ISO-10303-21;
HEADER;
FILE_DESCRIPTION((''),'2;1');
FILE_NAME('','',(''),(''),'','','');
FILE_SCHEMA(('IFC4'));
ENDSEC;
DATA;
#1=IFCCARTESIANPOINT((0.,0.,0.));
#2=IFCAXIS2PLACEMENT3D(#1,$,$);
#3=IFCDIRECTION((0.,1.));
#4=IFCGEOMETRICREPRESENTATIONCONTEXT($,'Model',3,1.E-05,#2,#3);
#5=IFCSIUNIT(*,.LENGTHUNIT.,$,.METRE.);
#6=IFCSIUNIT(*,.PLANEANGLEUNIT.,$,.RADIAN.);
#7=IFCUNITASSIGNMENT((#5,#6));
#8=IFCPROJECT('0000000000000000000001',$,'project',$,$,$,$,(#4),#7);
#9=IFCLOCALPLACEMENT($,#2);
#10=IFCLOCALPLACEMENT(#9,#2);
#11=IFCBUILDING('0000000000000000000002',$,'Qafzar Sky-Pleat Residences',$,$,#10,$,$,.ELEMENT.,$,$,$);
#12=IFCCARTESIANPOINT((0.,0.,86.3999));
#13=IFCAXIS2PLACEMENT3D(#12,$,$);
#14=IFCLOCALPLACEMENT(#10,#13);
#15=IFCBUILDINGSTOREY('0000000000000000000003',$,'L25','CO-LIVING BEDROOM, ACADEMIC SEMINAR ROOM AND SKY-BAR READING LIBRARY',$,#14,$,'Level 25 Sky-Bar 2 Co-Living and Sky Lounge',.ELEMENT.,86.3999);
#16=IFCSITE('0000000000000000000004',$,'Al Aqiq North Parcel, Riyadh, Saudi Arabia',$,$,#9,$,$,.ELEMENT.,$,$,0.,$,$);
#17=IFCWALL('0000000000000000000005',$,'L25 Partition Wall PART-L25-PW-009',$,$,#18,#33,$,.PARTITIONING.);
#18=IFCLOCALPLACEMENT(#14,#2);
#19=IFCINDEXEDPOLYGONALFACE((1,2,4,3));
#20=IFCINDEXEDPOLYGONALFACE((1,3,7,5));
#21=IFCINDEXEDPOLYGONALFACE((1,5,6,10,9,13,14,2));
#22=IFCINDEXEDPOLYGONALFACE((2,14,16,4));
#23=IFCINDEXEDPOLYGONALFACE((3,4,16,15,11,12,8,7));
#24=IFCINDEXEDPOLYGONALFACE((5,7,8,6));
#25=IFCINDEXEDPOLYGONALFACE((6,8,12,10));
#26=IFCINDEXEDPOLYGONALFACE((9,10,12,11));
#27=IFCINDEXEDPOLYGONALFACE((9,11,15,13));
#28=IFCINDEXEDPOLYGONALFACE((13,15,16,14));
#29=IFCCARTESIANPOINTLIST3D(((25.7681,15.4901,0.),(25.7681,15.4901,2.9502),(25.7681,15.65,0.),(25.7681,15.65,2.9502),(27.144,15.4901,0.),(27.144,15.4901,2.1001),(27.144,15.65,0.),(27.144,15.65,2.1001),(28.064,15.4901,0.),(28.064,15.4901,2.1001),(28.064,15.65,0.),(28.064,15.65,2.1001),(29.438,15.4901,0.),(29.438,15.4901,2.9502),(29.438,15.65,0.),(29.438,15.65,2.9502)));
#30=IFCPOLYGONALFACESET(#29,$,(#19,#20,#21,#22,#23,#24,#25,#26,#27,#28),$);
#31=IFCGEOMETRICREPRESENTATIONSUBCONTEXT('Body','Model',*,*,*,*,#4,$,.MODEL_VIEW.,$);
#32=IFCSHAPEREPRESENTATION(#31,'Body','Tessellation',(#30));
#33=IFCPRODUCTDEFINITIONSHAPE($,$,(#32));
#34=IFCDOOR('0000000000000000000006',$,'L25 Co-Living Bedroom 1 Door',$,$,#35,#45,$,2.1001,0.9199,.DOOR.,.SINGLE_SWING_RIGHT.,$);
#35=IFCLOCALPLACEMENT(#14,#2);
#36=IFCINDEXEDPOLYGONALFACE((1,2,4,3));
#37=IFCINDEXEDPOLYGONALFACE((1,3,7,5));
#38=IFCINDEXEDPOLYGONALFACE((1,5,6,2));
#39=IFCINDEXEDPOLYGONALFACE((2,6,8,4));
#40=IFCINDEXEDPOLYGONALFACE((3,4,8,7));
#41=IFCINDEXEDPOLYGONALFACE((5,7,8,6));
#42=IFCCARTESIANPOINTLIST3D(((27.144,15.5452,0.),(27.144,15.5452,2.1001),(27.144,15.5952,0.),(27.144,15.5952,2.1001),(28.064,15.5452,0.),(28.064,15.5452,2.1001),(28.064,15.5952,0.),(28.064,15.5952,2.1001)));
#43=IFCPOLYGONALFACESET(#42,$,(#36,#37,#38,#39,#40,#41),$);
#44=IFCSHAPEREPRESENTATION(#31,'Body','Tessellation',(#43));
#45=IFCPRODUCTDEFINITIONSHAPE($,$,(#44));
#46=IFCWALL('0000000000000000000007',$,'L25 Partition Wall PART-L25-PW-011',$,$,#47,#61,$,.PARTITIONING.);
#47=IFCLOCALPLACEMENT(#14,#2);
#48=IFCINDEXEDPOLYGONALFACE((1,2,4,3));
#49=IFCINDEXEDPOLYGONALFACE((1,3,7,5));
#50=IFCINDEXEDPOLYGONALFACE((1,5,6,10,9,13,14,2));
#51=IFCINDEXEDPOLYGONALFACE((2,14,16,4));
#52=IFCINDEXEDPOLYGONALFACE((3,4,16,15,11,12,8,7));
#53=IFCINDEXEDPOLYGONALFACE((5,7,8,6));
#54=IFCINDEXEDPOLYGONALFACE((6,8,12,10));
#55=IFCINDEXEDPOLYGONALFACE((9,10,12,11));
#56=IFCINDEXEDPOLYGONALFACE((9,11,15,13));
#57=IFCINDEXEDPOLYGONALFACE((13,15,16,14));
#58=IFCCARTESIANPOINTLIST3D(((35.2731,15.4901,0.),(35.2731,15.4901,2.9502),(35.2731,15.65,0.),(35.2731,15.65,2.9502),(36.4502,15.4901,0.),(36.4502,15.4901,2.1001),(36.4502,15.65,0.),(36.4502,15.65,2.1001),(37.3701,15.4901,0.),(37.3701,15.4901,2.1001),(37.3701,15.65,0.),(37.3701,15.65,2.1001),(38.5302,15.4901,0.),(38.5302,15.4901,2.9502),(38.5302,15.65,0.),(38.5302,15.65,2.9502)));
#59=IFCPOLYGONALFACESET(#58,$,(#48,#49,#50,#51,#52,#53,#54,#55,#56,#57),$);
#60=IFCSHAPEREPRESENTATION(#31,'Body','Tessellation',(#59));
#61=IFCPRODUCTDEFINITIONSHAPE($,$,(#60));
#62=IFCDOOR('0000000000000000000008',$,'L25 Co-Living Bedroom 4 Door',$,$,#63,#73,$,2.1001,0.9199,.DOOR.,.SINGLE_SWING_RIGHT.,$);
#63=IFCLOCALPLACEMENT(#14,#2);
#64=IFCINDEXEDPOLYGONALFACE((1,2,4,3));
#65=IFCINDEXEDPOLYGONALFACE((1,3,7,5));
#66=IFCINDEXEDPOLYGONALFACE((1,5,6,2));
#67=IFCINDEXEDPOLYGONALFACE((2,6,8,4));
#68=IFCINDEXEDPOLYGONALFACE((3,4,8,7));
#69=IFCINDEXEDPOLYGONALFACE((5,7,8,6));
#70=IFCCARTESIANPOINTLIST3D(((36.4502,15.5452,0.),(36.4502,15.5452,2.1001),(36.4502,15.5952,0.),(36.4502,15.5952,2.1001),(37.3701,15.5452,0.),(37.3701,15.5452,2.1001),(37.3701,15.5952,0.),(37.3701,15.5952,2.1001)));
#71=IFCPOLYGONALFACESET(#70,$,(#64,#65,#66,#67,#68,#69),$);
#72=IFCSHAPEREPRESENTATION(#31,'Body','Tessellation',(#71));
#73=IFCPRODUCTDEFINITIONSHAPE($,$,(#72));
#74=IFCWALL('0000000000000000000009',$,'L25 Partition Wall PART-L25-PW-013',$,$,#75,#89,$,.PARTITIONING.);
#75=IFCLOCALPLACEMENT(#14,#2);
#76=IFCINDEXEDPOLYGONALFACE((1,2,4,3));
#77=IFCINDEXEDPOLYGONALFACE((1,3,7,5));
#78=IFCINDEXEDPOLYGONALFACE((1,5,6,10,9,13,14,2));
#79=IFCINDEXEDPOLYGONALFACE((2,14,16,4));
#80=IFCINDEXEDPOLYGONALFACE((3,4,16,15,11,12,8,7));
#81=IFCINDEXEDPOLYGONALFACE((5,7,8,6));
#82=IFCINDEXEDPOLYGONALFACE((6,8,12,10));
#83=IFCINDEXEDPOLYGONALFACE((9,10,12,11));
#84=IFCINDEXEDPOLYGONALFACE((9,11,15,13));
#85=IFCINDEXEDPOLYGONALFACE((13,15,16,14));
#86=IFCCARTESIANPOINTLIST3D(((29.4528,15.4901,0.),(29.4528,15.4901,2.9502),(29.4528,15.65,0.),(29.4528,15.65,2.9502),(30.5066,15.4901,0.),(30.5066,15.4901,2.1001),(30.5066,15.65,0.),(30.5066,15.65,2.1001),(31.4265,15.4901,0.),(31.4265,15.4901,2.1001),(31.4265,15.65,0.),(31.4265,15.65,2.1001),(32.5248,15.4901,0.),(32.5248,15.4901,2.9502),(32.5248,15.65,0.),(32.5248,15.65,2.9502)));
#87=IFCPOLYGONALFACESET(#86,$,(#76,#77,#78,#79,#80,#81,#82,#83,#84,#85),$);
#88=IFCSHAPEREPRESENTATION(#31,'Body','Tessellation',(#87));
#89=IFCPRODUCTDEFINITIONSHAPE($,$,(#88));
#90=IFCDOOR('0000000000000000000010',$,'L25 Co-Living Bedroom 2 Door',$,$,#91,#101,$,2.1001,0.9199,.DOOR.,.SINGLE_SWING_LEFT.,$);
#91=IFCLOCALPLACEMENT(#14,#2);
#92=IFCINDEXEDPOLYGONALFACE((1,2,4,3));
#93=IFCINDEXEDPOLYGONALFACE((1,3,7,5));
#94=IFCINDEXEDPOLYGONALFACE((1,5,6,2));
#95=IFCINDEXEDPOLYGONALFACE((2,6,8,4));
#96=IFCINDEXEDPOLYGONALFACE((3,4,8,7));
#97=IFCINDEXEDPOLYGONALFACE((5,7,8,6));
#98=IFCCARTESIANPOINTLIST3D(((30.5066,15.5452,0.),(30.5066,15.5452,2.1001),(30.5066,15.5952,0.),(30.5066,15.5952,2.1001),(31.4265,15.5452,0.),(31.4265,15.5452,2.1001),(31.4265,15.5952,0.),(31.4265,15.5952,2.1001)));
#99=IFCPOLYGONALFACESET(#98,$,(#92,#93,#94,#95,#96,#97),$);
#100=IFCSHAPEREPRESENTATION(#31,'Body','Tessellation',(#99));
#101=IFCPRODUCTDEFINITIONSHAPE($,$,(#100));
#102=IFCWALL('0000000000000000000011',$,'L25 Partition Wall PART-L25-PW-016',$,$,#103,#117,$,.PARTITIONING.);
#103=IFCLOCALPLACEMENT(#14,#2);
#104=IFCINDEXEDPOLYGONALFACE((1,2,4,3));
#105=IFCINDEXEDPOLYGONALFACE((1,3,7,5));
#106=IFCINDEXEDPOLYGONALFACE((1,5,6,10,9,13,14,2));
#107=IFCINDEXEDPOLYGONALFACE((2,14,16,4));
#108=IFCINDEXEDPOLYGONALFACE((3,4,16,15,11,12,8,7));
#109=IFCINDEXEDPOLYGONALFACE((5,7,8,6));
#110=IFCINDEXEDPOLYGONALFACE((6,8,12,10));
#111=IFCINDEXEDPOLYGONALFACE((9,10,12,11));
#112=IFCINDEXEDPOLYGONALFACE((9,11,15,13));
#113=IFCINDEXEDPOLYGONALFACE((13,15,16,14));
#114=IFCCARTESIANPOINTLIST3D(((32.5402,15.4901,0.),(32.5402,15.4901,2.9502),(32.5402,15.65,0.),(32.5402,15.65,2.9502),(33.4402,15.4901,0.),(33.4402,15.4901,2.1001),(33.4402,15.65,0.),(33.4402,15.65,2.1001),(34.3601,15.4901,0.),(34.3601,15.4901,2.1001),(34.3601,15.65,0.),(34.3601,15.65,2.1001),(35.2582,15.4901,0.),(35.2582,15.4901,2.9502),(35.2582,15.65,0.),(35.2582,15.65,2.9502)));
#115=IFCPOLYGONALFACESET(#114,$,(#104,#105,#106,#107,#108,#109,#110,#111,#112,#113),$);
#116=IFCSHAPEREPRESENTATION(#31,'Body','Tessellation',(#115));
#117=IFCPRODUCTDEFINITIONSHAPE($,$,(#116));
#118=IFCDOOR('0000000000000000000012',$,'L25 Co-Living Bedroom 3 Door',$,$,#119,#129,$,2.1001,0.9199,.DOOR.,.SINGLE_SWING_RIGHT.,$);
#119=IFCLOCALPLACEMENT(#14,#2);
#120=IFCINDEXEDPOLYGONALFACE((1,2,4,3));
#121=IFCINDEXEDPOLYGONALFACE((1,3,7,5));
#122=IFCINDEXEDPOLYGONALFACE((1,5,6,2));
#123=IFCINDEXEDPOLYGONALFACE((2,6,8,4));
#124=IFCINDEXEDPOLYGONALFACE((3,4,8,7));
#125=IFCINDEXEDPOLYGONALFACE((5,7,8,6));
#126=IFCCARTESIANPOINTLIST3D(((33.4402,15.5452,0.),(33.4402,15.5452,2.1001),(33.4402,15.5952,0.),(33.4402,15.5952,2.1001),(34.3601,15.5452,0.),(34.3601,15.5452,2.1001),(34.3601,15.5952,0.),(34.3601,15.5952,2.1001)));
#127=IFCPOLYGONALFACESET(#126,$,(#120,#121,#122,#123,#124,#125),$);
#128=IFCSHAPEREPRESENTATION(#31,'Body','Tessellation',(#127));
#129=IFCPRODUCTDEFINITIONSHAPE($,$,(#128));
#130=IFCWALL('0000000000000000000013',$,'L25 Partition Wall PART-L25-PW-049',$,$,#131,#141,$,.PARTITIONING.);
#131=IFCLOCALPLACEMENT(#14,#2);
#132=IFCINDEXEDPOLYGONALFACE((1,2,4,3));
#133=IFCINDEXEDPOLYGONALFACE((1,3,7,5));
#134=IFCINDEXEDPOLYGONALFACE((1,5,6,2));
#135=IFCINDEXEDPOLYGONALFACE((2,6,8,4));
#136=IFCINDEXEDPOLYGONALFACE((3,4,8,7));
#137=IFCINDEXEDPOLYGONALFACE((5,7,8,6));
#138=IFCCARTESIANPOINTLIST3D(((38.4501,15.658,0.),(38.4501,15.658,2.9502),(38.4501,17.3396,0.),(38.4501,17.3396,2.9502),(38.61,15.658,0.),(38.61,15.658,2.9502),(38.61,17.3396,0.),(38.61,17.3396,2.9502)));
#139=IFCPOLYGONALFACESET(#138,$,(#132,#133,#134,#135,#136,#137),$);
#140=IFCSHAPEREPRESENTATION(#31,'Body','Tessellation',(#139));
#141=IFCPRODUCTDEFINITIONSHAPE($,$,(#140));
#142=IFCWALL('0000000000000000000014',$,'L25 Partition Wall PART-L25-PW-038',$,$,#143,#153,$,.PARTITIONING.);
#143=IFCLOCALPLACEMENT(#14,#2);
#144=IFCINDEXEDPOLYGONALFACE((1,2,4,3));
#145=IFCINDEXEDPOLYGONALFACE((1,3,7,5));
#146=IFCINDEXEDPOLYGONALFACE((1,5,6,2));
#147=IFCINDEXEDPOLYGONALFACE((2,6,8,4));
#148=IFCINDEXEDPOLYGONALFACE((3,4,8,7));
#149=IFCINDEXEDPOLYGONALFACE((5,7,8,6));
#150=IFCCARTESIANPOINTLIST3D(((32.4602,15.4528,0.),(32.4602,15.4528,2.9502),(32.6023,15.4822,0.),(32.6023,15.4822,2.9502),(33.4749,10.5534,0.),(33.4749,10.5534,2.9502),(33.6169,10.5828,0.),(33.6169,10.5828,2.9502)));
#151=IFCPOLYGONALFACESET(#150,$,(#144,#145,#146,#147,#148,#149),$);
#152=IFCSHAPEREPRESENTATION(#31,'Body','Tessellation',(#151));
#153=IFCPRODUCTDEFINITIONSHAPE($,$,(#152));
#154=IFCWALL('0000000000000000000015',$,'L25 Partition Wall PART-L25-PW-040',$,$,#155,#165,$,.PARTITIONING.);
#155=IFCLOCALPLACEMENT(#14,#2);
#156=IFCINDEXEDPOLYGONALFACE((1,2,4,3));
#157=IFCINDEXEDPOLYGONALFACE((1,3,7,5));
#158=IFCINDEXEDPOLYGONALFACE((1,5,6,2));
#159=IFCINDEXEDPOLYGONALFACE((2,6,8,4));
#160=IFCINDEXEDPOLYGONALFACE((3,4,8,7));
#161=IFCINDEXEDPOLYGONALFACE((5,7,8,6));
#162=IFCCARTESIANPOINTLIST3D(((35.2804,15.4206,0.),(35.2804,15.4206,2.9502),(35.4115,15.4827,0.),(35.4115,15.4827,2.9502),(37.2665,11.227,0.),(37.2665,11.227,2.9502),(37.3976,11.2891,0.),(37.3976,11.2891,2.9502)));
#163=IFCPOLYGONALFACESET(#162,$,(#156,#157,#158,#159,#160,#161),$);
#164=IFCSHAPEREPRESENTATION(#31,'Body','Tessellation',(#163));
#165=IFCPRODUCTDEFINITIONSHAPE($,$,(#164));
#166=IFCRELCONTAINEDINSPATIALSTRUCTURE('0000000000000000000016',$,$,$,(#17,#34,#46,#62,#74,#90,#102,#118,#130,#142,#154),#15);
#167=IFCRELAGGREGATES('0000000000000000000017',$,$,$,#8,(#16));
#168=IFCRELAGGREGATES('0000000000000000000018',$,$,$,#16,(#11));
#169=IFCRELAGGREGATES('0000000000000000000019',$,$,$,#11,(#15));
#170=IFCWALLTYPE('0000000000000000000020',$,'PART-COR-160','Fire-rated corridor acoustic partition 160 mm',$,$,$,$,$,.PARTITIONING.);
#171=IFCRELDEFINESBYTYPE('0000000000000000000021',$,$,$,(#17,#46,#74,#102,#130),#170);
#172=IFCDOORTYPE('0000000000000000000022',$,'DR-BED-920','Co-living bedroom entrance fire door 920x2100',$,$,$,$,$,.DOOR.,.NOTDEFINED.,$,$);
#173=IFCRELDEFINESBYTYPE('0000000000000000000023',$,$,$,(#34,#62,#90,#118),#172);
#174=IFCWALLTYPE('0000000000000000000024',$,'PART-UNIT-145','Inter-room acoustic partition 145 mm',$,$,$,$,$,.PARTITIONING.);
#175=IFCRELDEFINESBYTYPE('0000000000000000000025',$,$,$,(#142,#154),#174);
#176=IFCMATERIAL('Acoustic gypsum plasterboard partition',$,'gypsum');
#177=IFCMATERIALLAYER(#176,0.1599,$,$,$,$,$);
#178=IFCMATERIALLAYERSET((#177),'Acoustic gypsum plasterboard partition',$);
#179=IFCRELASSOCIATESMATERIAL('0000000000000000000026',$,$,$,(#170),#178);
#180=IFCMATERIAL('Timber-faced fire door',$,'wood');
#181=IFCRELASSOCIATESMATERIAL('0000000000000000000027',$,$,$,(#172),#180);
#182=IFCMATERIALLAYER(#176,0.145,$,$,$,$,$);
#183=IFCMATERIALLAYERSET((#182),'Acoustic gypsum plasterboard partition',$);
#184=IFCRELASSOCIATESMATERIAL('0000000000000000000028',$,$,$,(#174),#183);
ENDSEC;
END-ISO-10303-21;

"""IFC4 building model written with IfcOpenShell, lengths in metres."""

from ifc_helpers import new_model, si_unit, direction, frame, frame_2d, origin, place, context, subcontext, project, spatial, rectangle, extrude, source, transform, mapped, material, layer, layer_set, type_object, element, fill, save


model = new_model("IFC4")

# Units and contexts
model_context = context("Model", 3, precision=1e-05, world=origin(), true_north=direction((0.0, 1.0)))
body_context = subcontext(model_context, "Body", "Model", "MODEL_VIEW")
ifc_project = project(units=[si_unit("LENGTHUNIT", "METRE"), si_unit("PLANEANGLEUNIT", "RADIAN")], contexts=[model_context])

# Site, building, storey
site_placement = place(None, origin())
site = spatial("IfcSite", under=ifc_project, at=site_placement, Name="Al Aqiq North Parcel, Riyadh, Saudi Arabia", CompositionType="ELEMENT", RefElevation=0.0)
building_placement = place(site_placement, origin())
building = spatial("IfcBuilding", under=site, at=building_placement, Name="Qafzar Sky-Pleat Residences", CompositionType="ELEMENT")
storey_placement = place(building_placement, frame((0.0, 0.0, 86.3999)))
storey = spatial("IfcBuildingStorey", under=building, at=storey_placement, Name="L25", Description="CO-LIVING BEDROOM, ACADEMIC SEMINAR ROOM AND SKY-BAR READING LIBRARY", LongName="Level 25 Sky-Bar 2 Co-Living and Sky Lounge", CompositionType="ELEMENT", Elevation=86.3999)

# Walls, openings, doors
ifc_material_1 = material(Name="Acoustic gypsum plasterboard partition", Category="gypsum")
ifc_layer_1 = layer(ifc_material_1, 0.1599)
ifc_layer_set_1 = layer_set([ifc_layer_1], Name="Acoustic gypsum plasterboard partition")
wall_type_1 = type_object("IfcWallType", Name="PART-COR-160", Description="Fire-rated corridor acoustic partition 160 mm", PredefinedType="PARTITIONING", material=ifc_layer_set_1)
wall_1_placement = place(storey_placement, frame((29.438, 15.5701, 0.0), z_axis=(0.0, 0.0, 1.0), x_axis=(-1.0, 0.0, 0.0)))
wall_1 = element("IfcWall", 1, at=wall_1_placement, inside=storey, type_object=wall_type_1, Name="L25 Partition Wall PART-L25-PW-009", PredefinedType="PARTITIONING", context=body_context, shape_type="SweptSolid", body=[
    extrude(rectangle(XDim=3.6699, YDim=0.1599, at=frame_2d((1.835, 0.0))), origin(), (0.0, 0.0, 1.0), 2.9502),
])
opening_1_placement = place(wall_1_placement, frame((1.374, 0.0, 0.0)))
opening_1 = element("IfcOpeningElement", 2, at=opening_1_placement, cuts=wall_1, PredefinedType="OPENING", context=body_context, shape_type="SweptSolid", body=[
    extrude(rectangle(XDim=0.9199, YDim=2.1001, at=frame_2d((0.46, 1.05))), frame((0.0, 0.0898, 0.0), z_axis=(0.0, -1.0, 0.0), x_axis=(1.0, 0.0, 0.0)), (0.0, 0.0, 1.0), 0.1799),
])
ifc_material_2 = material(Name="Timber-faced fire door", Category="wood")
door_type_1 = type_object("IfcDoorType", Name="DR-BED-920", Description="Co-living bedroom entrance fire door 920x2100", OperationType="NOTDEFINED", PredefinedType="DOOR", material=ifc_material_2)
shared_shape_1 = source(origin(), body_context, "Body", "SweptSolid", [
    extrude(rectangle(XDim=0.9199, YDim=2.1001, at=frame_2d((0.46, 1.05))), frame((0.0, 0.0249, 0.0), z_axis=(0.0, -1.0, 0.0), x_axis=(1.0, 0.0, 0.0)), (0.0, 0.0, 1.0), 0.05),
])
door_1_placement = place(opening_1_placement, origin())
door_1 = element("IfcDoor", 3, at=door_1_placement, inside=storey, type_object=door_type_1, Name="L25 Co-Living Bedroom 1 Door", OperationType="SINGLE_SWING_RIGHT", OverallHeight=2.1001, OverallWidth=0.9199, PredefinedType="DOOR", context=body_context, shape_type="MappedRepresentation", body=[
    mapped(shared_shape_1, transform((0.0, 0.0, 0.0), x_axis=(1.0, 0.0, 0.0), y_axis=(0.0, 1.0, 0.0), z_axis=(0.0, 0.0, 1.0), scale=1.0)),
])
fill(opening_1, door_1)
wall_2_placement = place(storey_placement, frame((38.53, 15.5701, 0.0), z_axis=(0.0, 0.0, 1.0), x_axis=(-1.0, 0.0, 0.0)))
wall_2 = element("IfcWall", 4, at=wall_2_placement, inside=storey, type_object=wall_type_1, Name="L25 Partition Wall PART-L25-PW-011", PredefinedType="PARTITIONING", context=body_context, shape_type="SweptSolid", body=[
    extrude(rectangle(XDim=3.2571, YDim=0.1599, at=frame_2d((1.6284, 0.0))), origin(), (0.0, 0.0, 1.0), 2.9502),
])
opening_2_placement = place(wall_2_placement, frame((1.1599, 0.0, 0.0)))
opening_2 = element("IfcOpeningElement", 5, at=opening_2_placement, cuts=wall_2, PredefinedType="OPENING", context=body_context, shape_type="SweptSolid", body=[
    extrude(rectangle(XDim=0.9199, YDim=2.1001, at=frame_2d((0.46, 1.05))), frame((0.0, 0.0898, 0.0), z_axis=(0.0, -1.0, 0.0), x_axis=(1.0, 0.0, 0.0)), (0.0, 0.0, 1.0), 0.1799),
])
door_2_placement = place(opening_2_placement, origin())
door_2 = element("IfcDoor", 6, at=door_2_placement, inside=storey, type_object=door_type_1, Name="L25 Co-Living Bedroom 4 Door", OperationType="SINGLE_SWING_RIGHT", OverallHeight=2.1001, OverallWidth=0.9199, PredefinedType="DOOR", context=body_context, shape_type="MappedRepresentation", body=[
    mapped(shared_shape_1, transform((0.0, 0.0, 0.0), x_axis=(1.0, 0.0, 0.0), y_axis=(0.0, 1.0, 0.0), z_axis=(0.0, 0.0, 1.0), scale=1.0)),
])
fill(opening_2, door_2)
wall_3_placement = place(storey_placement, frame((32.5249, 15.5701, 0.0), z_axis=(0.0, 0.0, 1.0), x_axis=(-1.0, 0.0, 0.0)))
wall_3 = element("IfcWall", 7, at=wall_3_placement, inside=storey, type_object=wall_type_1, Name="L25 Partition Wall PART-L25-PW-013", PredefinedType="PARTITIONING", context=body_context, shape_type="SweptSolid", body=[
    extrude(rectangle(XDim=3.072, YDim=0.1599, at=frame_2d((1.5361, 0.0))), origin(), (0.0, 0.0, 1.0), 2.9502),
])
opening_3_placement = place(wall_3_placement, frame((1.0984, 0.0, 0.0)))
opening_3 = element("IfcOpeningElement", 8, at=opening_3_placement, cuts=wall_3, PredefinedType="OPENING", context=body_context, shape_type="SweptSolid", body=[
    extrude(rectangle(XDim=0.9199, YDim=2.1001, at=frame_2d((0.46, 1.05))), frame((0.0, 0.0898, 0.0), z_axis=(0.0, -1.0, 0.0), x_axis=(1.0, 0.0, 0.0)), (0.0, 0.0, 1.0), 0.1799),
])
door_3_placement = place(opening_3_placement, origin())
door_3 = element("IfcDoor", 9, at=door_3_placement, inside=storey, type_object=door_type_1, Name="L25 Co-Living Bedroom 2 Door", OperationType="SINGLE_SWING_LEFT", OverallHeight=2.1001, OverallWidth=0.9199, PredefinedType="DOOR", context=body_context, shape_type="MappedRepresentation", body=[
    mapped(shared_shape_1, transform((0.0, 0.0, 0.0), x_axis=(1.0, 0.0, 0.0), y_axis=(0.0, 1.0, 0.0), z_axis=(0.0, 0.0, 1.0), scale=1.0)),
])
fill(opening_3, door_3)
wall_4_placement = place(storey_placement, frame((35.2581, 15.5701, 0.0), z_axis=(0.0, 0.0, 1.0), x_axis=(-1.0, 0.0, 0.0)))
wall_4 = element("IfcWall", 10, at=wall_4_placement, inside=storey, type_object=wall_type_1, Name="L25 Partition Wall PART-L25-PW-016", PredefinedType="PARTITIONING", context=body_context, shape_type="SweptSolid", body=[
    extrude(rectangle(XDim=2.718, YDim=0.1599, at=frame_2d((1.3589, 0.0))), origin(), (0.0, 0.0, 1.0), 2.9502),
])
opening_4_placement = place(wall_4_placement, frame((0.8979, 0.0, 0.0)))
opening_4 = element("IfcOpeningElement", 11, at=opening_4_placement, cuts=wall_4, PredefinedType="OPENING", context=body_context, shape_type="SweptSolid", body=[
    extrude(rectangle(XDim=0.9199, YDim=2.1001, at=frame_2d((0.46, 1.05))), frame((0.0, 0.0898, 0.0), z_axis=(0.0, -1.0, 0.0), x_axis=(1.0, 0.0, 0.0)), (0.0, 0.0, 1.0), 0.1799),
])
door_4_placement = place(opening_4_placement, origin())
door_4 = element("IfcDoor", 12, at=door_4_placement, inside=storey, type_object=door_type_1, Name="L25 Co-Living Bedroom 3 Door", OperationType="SINGLE_SWING_RIGHT", OverallHeight=2.1001, OverallWidth=0.9199, PredefinedType="DOOR", context=body_context, shape_type="MappedRepresentation", body=[
    mapped(shared_shape_1, transform((0.0, 0.0, 0.0), x_axis=(1.0, 0.0, 0.0), y_axis=(0.0, 1.0, 0.0), z_axis=(0.0, 0.0, 1.0), scale=1.0)),
])
fill(opening_4, door_4)

# Walls
wall_5_placement = place(storey_placement, frame((38.53, 15.658, 0.0), z_axis=(0.0, 0.0, 1.0), x_axis=(0.0, 1.0, 0.0)))
element("IfcWall", 13, at=wall_5_placement, inside=storey, type_object=wall_type_1, Name="L25 Partition Wall PART-L25-PW-049", PredefinedType="PARTITIONING", context=body_context, shape_type="SweptSolid", body=[
    extrude(rectangle(XDim=1.6816, YDim=0.1599, at=frame_2d((0.8408, 0.0))), origin(), (0.0, 0.0, 1.0), 2.9502),
])
ifc_layer_2 = layer(ifc_material_1, 0.145)
ifc_layer_set_2 = layer_set([ifc_layer_2], Name="Acoustic gypsum plasterboard partition")
wall_type_2 = type_object("IfcWallType", Name="PART-UNIT-145", Description="Inter-room acoustic partition 145 mm", PredefinedType="PARTITIONING", material=ifc_layer_set_2)
wall_6_placement = place(storey_placement, frame((32.5312, 15.4675, 0.0), z_axis=(0.0, 0.0, 1.0), x_axis=(0.202793, -0.979222, 0.0)))
element("IfcWall", 14, at=wall_6_placement, inside=storey, type_object=wall_type_2, Name="L25 Partition Wall PART-L25-PW-038", PredefinedType="PARTITIONING", context=body_context, shape_type="SweptSolid", body=[
    extrude(rectangle(XDim=5.0034, YDim=0.145, at=frame_2d((2.5017, 0.0))), origin(), (0.0, 0.0, 1.0), 2.9502),
])
wall_7_placement = place(storey_placement, frame((35.3459, 15.4517, 0.0), z_axis=(0.0, 0.0, 1.0), x_axis=(0.428023, -0.903768, 0.0)))
element("IfcWall", 15, at=wall_7_placement, inside=storey, type_object=wall_type_2, Name="L25 Partition Wall PART-L25-PW-040", PredefinedType="PARTITIONING", context=body_context, shape_type="SweptSolid", body=[
    extrude(rectangle(XDim=4.6401, YDim=0.145, at=frame_2d((2.3201, 0.0))), origin(), (0.0, 0.0, 1.0), 2.9502),
])

save(model, "model.ifc")
